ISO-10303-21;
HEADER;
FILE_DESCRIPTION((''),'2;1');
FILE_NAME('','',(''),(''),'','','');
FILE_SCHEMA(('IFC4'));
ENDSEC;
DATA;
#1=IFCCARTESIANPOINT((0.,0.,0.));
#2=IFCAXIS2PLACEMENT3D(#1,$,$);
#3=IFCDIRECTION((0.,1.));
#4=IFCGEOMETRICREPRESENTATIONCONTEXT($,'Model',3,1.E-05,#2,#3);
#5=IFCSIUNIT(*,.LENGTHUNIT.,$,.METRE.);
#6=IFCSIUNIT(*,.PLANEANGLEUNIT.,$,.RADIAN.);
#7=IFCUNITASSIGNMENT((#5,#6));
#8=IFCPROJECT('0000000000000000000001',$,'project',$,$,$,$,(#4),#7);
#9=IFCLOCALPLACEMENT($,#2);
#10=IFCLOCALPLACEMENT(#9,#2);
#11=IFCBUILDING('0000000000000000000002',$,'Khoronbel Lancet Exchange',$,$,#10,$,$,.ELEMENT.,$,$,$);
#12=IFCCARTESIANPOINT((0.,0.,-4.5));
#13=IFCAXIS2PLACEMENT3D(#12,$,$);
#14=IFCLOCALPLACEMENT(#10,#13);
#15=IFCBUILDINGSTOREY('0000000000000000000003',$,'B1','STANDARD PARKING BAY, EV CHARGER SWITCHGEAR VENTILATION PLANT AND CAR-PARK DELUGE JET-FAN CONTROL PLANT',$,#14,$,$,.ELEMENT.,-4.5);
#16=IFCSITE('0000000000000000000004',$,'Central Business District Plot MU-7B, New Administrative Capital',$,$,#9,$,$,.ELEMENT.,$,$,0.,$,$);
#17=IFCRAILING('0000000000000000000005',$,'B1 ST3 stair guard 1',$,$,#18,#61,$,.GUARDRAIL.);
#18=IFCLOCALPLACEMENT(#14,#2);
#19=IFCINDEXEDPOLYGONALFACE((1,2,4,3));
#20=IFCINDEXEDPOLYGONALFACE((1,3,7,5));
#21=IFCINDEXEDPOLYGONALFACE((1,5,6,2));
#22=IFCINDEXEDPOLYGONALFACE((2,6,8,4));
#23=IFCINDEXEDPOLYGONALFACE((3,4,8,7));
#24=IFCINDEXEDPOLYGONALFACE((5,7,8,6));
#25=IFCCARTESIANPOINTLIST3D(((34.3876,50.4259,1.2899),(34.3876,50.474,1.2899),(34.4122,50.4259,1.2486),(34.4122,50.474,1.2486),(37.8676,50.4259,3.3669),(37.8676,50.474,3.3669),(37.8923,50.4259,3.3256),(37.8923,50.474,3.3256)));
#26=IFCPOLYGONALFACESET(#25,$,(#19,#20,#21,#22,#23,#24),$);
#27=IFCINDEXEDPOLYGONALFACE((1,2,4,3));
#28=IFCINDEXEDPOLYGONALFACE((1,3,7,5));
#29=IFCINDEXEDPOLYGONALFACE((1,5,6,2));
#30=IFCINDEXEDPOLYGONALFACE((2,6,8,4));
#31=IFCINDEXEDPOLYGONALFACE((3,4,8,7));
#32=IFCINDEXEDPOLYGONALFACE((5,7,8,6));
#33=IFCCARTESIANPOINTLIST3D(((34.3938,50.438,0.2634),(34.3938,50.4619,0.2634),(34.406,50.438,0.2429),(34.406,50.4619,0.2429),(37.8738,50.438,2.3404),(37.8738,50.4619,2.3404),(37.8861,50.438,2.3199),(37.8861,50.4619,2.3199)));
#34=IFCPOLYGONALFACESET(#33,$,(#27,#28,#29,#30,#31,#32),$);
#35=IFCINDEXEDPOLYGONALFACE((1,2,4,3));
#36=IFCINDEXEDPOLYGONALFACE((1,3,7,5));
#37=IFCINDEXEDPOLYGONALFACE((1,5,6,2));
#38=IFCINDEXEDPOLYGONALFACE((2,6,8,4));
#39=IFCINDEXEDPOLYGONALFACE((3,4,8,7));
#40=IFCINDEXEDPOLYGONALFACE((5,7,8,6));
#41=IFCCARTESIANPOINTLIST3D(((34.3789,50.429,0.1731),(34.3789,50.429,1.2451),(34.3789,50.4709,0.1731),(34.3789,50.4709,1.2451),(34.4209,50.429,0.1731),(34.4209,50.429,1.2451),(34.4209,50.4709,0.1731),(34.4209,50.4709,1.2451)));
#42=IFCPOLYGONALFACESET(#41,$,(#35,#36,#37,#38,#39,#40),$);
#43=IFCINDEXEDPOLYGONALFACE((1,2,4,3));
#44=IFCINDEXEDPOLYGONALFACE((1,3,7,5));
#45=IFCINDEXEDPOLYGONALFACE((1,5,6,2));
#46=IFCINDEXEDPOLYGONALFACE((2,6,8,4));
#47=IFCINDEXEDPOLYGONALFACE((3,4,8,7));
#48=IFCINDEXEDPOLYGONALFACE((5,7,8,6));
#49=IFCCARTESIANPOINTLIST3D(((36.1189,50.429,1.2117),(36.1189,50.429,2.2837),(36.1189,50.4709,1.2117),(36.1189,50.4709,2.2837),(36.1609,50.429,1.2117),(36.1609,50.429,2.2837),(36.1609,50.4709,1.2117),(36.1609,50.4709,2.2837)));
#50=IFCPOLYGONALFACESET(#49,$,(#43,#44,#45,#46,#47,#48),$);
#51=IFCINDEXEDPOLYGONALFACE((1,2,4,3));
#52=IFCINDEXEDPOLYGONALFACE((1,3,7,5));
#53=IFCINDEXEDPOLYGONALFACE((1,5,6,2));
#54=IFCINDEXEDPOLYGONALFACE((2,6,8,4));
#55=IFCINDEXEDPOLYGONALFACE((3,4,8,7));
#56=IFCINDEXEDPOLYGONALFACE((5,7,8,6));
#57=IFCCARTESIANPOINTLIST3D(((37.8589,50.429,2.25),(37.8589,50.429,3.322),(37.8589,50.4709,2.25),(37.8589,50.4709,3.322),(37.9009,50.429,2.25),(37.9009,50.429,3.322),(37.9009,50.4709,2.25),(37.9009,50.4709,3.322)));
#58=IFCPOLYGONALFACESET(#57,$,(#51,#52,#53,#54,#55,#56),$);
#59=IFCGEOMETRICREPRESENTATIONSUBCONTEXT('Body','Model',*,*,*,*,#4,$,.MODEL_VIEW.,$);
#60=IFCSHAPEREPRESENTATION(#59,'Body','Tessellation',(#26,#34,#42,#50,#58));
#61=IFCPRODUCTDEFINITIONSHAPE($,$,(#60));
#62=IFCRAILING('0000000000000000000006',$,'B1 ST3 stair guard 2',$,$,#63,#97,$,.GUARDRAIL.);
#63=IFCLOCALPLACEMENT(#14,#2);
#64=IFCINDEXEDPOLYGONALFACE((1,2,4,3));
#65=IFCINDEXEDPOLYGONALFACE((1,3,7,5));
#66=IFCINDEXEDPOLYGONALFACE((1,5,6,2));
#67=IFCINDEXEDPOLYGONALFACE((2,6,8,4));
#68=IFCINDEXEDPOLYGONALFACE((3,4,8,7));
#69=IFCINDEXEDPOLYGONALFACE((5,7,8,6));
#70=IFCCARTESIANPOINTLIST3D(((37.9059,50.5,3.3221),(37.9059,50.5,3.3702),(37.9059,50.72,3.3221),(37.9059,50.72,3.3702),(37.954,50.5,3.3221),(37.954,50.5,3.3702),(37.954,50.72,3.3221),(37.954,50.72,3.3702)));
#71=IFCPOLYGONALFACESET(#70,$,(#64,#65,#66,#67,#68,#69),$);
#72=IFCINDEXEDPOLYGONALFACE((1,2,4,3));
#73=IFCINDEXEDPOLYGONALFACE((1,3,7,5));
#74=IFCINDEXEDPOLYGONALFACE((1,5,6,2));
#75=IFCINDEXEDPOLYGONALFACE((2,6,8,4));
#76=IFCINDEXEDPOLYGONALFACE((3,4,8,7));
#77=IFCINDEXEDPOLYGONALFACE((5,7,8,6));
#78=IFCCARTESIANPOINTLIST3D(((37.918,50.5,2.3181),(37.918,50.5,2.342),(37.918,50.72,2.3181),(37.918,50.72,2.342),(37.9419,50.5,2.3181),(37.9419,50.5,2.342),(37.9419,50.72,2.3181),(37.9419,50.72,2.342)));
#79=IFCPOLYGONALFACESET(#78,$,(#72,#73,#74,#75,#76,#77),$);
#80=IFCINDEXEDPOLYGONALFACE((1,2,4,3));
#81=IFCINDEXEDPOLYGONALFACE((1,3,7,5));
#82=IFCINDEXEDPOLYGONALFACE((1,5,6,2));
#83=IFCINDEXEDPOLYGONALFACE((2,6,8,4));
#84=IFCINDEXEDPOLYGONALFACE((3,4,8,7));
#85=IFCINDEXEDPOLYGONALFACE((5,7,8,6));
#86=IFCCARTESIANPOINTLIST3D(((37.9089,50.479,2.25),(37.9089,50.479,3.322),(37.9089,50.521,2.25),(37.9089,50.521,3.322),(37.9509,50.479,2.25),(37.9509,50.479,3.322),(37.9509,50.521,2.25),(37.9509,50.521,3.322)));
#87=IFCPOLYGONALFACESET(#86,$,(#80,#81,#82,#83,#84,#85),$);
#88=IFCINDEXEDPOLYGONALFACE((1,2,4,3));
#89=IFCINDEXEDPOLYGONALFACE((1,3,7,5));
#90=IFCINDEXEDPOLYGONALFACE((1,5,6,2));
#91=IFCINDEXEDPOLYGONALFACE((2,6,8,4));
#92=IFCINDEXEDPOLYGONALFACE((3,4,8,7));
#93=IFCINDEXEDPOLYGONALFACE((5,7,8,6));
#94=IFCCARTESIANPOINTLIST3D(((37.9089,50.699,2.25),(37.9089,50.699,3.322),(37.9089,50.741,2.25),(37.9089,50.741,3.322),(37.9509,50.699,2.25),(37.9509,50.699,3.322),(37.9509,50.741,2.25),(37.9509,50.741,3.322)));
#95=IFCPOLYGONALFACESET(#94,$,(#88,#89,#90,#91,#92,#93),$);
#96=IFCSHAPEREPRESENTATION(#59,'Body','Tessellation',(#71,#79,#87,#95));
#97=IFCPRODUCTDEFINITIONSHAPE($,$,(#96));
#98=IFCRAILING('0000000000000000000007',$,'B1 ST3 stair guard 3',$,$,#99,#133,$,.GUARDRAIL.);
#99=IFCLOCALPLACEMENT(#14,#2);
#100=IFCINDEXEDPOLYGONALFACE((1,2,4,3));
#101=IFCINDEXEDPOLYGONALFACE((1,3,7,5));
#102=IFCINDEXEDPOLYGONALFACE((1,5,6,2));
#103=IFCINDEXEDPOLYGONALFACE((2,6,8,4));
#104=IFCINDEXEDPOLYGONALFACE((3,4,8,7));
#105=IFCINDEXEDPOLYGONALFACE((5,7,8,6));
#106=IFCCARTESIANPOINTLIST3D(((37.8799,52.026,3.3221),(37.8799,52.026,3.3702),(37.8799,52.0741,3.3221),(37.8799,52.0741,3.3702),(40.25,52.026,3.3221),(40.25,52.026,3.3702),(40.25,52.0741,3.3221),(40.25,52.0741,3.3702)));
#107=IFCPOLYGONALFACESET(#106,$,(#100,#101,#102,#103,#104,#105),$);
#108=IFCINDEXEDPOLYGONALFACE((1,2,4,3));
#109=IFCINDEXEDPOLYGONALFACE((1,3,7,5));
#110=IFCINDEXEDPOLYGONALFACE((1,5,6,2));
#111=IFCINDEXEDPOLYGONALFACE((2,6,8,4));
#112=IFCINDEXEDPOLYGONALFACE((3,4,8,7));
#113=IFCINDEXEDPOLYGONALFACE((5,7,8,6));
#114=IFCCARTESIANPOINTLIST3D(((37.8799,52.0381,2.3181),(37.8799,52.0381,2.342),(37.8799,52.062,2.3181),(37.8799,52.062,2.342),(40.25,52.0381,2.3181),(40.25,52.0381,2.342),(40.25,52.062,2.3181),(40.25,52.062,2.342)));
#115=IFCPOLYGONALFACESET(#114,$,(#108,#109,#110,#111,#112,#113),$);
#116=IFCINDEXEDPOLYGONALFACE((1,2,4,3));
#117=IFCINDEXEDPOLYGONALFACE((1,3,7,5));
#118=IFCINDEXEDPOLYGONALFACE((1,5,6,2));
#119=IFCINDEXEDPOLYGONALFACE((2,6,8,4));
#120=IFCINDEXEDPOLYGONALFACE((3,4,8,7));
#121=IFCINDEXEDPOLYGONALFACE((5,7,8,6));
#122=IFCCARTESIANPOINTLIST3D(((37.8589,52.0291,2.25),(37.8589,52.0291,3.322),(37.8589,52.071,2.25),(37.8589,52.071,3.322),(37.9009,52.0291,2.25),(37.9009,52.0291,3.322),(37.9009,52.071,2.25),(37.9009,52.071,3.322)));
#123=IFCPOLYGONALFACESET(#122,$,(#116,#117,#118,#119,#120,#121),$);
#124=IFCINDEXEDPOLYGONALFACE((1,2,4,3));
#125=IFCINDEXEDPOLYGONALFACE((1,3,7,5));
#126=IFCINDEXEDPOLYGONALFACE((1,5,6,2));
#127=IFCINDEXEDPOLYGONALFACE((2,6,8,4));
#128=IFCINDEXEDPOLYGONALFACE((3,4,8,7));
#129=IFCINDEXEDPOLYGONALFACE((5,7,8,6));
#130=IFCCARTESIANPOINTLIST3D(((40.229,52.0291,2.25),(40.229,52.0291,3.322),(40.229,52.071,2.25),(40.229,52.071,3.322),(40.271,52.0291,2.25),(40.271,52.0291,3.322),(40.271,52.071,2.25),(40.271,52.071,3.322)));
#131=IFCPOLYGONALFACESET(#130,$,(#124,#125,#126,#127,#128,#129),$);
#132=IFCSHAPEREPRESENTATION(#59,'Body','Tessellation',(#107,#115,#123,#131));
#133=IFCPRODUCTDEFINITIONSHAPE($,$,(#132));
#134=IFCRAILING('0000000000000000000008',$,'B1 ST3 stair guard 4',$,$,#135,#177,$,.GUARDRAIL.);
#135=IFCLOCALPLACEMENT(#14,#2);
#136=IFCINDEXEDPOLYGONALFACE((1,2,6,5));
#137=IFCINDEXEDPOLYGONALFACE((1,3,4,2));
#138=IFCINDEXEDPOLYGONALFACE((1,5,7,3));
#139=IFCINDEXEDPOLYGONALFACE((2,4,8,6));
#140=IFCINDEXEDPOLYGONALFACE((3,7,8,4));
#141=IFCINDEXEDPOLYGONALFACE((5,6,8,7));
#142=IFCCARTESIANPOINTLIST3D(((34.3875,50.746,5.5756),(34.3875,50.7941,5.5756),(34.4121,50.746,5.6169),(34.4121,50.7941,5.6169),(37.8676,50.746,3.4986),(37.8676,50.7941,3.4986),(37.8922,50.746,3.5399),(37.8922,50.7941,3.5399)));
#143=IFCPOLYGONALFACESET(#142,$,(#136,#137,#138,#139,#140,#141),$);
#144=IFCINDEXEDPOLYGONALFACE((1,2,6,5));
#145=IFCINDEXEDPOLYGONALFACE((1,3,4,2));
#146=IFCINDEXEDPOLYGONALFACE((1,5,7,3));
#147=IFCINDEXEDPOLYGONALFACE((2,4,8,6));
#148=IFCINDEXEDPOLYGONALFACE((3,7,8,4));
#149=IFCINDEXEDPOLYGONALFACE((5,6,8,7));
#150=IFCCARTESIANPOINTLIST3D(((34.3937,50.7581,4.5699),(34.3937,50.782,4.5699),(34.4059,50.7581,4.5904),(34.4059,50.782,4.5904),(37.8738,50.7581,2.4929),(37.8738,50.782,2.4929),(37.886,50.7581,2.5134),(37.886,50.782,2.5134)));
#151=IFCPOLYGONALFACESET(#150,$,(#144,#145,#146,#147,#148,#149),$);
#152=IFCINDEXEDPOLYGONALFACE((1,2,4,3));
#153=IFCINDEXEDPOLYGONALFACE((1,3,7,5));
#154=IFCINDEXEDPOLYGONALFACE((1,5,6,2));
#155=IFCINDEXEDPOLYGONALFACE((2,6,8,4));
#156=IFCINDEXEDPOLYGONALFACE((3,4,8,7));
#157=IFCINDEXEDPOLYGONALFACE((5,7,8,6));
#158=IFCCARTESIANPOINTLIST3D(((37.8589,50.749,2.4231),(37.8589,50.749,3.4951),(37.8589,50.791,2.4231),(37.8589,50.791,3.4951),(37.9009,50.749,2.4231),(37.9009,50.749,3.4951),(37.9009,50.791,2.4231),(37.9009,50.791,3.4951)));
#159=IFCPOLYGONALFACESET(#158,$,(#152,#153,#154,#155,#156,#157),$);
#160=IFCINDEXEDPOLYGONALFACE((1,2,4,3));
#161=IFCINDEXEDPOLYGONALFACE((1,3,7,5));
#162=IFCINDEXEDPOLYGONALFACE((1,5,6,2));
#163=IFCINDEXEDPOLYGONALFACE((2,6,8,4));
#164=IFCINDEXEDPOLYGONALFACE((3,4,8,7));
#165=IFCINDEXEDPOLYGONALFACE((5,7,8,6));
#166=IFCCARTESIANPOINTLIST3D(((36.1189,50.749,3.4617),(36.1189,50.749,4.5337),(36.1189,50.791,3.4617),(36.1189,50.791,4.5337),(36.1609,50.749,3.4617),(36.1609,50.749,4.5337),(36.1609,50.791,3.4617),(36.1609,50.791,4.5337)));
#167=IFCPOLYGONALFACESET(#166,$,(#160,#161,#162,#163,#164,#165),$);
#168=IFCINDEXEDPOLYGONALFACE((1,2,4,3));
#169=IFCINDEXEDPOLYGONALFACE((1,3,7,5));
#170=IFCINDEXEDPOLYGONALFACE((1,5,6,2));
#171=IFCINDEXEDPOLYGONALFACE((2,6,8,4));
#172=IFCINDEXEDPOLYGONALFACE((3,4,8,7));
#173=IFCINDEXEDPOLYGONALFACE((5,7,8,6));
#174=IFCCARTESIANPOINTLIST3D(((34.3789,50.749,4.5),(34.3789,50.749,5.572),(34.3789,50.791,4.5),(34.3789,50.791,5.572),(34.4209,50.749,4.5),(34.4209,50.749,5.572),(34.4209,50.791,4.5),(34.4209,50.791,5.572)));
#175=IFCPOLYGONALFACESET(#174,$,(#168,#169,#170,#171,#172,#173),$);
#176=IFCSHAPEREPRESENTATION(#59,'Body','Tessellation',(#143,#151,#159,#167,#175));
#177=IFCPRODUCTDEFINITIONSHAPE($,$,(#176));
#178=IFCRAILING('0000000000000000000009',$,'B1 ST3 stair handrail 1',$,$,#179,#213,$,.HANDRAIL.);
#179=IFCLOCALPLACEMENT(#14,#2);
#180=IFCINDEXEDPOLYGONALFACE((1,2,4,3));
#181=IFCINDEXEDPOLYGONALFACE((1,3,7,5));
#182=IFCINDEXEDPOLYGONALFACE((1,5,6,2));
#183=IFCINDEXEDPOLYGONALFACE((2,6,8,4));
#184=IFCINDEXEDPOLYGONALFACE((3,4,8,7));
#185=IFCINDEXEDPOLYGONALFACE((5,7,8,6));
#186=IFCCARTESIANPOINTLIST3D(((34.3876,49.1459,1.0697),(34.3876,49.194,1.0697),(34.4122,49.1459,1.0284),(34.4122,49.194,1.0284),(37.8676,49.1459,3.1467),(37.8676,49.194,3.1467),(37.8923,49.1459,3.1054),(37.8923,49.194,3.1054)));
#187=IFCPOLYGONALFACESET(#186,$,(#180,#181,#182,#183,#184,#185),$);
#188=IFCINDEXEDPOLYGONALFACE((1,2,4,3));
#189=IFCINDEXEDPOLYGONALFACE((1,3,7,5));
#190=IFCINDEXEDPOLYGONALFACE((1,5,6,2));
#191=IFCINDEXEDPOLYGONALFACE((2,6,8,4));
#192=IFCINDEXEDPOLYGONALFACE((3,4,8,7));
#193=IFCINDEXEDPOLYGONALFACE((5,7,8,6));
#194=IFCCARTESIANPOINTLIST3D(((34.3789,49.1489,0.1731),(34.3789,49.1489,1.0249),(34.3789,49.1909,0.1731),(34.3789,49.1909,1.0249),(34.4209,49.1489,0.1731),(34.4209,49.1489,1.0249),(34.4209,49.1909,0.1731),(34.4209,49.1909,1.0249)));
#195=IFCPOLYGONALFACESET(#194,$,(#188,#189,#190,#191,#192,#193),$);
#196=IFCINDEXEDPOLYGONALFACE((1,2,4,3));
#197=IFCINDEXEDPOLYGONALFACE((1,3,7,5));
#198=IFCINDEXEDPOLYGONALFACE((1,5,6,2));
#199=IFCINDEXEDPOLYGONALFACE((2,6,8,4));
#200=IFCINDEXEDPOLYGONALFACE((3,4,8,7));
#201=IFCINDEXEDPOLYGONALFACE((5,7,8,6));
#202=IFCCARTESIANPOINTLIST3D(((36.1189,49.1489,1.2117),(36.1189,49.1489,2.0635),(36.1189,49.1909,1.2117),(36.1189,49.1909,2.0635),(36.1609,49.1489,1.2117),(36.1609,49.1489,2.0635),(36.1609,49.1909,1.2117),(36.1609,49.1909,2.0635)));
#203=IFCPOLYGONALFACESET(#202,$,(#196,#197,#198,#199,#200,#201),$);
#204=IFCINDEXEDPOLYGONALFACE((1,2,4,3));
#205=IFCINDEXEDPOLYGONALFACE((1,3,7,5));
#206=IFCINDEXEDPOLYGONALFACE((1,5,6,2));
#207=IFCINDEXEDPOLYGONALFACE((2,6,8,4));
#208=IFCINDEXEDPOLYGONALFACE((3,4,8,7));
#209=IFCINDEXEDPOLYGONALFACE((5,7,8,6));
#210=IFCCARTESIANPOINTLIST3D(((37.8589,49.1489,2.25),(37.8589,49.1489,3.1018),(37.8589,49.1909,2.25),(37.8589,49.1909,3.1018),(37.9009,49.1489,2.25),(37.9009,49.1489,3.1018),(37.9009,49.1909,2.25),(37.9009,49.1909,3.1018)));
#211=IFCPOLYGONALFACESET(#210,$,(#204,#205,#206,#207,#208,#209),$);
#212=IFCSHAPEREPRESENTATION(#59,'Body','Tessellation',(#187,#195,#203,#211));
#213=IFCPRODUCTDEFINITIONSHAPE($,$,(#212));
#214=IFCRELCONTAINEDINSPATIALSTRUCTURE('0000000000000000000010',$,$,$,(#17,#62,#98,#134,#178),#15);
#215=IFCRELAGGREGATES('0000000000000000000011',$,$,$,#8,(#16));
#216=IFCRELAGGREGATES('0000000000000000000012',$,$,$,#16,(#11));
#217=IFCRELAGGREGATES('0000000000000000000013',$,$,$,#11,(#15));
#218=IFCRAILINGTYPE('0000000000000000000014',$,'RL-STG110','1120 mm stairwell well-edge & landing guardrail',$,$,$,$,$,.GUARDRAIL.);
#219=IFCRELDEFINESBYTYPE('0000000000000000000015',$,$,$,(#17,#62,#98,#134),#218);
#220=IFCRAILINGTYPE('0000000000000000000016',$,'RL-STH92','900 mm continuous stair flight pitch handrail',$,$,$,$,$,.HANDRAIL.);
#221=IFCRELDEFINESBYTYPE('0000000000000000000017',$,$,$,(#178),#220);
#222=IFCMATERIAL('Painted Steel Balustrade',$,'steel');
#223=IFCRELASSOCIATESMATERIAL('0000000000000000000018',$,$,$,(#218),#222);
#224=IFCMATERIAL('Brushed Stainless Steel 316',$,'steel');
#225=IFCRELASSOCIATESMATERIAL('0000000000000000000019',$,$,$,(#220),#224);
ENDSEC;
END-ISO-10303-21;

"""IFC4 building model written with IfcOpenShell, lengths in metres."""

from ifc_helpers import new_model, si_unit, direction, frame, origin, origin_2d, place, context, subcontext, project, spatial, rectangle, extrude, material, type_object, element, save


model = new_model("IFC4")

# Units and contexts
model_context = context("Model", 3, precision=1e-05, world=origin(), true_north=direction((0.0, 1.0)))
body_context = subcontext(model_context, "Body", "Model", "MODEL_VIEW")
ifc_project = project(units=[si_unit("LENGTHUNIT", "METRE"), si_unit("PLANEANGLEUNIT", "RADIAN")], contexts=[model_context])

# Site, building, storey
site_placement = place(None, origin())
site = spatial("IfcSite", under=ifc_project, at=site_placement, Name="Central Business District Plot MU-7B, New Administrative Capital", CompositionType="ELEMENT", RefElevation=0.0)
building_placement = place(site_placement, origin())
building = spatial("IfcBuilding", under=site, at=building_placement, Name="Khoronbel Lancet Exchange", CompositionType="ELEMENT")
storey_placement = place(building_placement, frame((0.0, 0.0, -4.5)))
storey = spatial("IfcBuildingStorey", under=building, at=storey_placement, Name="B1", Description="STANDARD PARKING BAY, EV CHARGER SWITCHGEAR VENTILATION PLANT AND CAR-PARK DELUGE JET-FAN CONTROL PLANT", CompositionType="ELEMENT", Elevation=-4.5)

# Railings
ifc_material_1 = material(Name="Painted Steel Balustrade", Category="steel")
railing_type_1 = type_object("IfcRailingType", Name="RL-STG110", Description="1120 mm stairwell well-edge & landing guardrail", PredefinedType="GUARDRAIL", material=ifc_material_1)
railing_1_placement = place(storey_placement, frame((34.3999, 50.45, 0.1731)))
element("IfcRailing", 1, at=railing_1_placement, inside=storey, type_object=railing_type_1, Name="B1 ST3 stair guard 1", PredefinedType="GUARDRAIL", context=body_context, shape_type="SweptSolid", body=[
    extrude(rectangle(XDim=0.0481, YDim=0.0481, at=origin_2d()), frame((0.0, 0.0, 1.0962), z_axis=(0.858697, 0.0, 0.512483), x_axis=(0.0, 1.0, 0.0)), (0.0, 0.0, 1.0), 4.0527),
    extrude(rectangle(XDim=0.0239, YDim=0.0239, at=origin_2d()), frame((0.0, 0.0, 0.0801), z_axis=(0.858697, 0.0, 0.512483), x_axis=(0.0, 1.0, 0.0)), (0.0, 0.0, 1.0), 4.0527),
    extrude(rectangle(XDim=0.042, YDim=0.042, at=origin_2d()), origin(), (0.0, 0.0, 1.0), 1.072),
    extrude(rectangle(XDim=0.042, YDim=0.042, at=origin_2d()), frame((1.74, 0.0, 1.0386)), (0.0, 0.0, 1.0), 1.072),
    extrude(rectangle(XDim=0.042, YDim=0.042, at=origin_2d()), frame((3.48, 0.0, 2.0769)), (0.0, 0.0, 1.0), 1.072),
])
railing_2_placement = place(storey_placement, frame((37.9299, 50.5, 2.25)))
element("IfcRailing", 2, at=railing_2_placement, inside=storey, type_object=railing_type_1, Name="B1 ST3 stair guard 2", PredefinedType="GUARDRAIL", context=body_context, shape_type="SweptSolid", body=[
    extrude(rectangle(XDim=0.0481, YDim=0.0481, at=origin_2d()), frame((0.0, 0.0, 1.0962), z_axis=(0.0, 1.0, 0.0), x_axis=(-1.0, 0.0, 0.0)), (0.0, 0.0, 1.0), 0.22),
    extrude(rectangle(XDim=0.0239, YDim=0.0239, at=origin_2d()), frame((0.0, 0.0, 0.0801), z_axis=(0.0, 1.0, 0.0), x_axis=(-1.0, 0.0, 0.0)), (0.0, 0.0, 1.0), 0.22),
    extrude(rectangle(XDim=0.042, YDim=0.042, at=origin_2d()), origin(), (0.0, 0.0, 1.0), 1.072),
    extrude(rectangle(XDim=0.042, YDim=0.042, at=origin_2d()), frame((0.0, 0.22, 0.0)), (0.0, 0.0, 1.0), 1.072),
])
railing_3_placement = place(storey_placement, frame((37.8799, 52.05, 2.25)))
element("IfcRailing", 3, at=railing_3_placement, inside=storey, type_object=railing_type_1, Name="B1 ST3 stair guard 3", PredefinedType="GUARDRAIL", context=body_context, shape_type="SweptSolid", body=[
    extrude(rectangle(XDim=0.0481, YDim=0.0481, at=origin_2d()), frame((0.0, 0.0, 1.0962), z_axis=(1.0, 0.0, 0.0), x_axis=(0.0, 1.0, 0.0)), (0.0, 0.0, 1.0), 2.3701),
    extrude(rectangle(XDim=0.0239, YDim=0.0239, at=origin_2d()), frame((0.0, 0.0, 0.0801), z_axis=(1.0, 0.0, 0.0), x_axis=(0.0, 1.0, 0.0)), (0.0, 0.0, 1.0), 2.3701),
    extrude(rectangle(XDim=0.042, YDim=0.042, at=origin_2d()), origin(), (0.0, 0.0, 1.0), 1.072),
    extrude(rectangle(XDim=0.042, YDim=0.042, at=origin_2d()), frame((2.3701, 0.0, 0.0)), (0.0, 0.0, 1.0), 1.072),
])
railing_4_placement = place(storey_placement, frame((37.8799, 50.77, 2.4231)))
element("IfcRailing", 4, at=railing_4_placement, inside=storey, type_object=railing_type_1, Name="B1 ST3 stair guard 4", PredefinedType="GUARDRAIL", context=body_context, shape_type="SweptSolid", body=[
    extrude(rectangle(XDim=0.0481, YDim=0.0481, at=origin_2d()), frame((0.0, 0.0, 1.0962), z_axis=(-0.858697, 0.0, 0.512483), x_axis=(0.0, -1.0, 0.0)), (0.0, 0.0, 1.0), 4.0527),
    extrude(rectangle(XDim=0.0239, YDim=0.0239, at=origin_2d()), frame((0.0, 0.0, 0.0801), z_axis=(-0.858697, 0.0, 0.512483), x_axis=(0.0, -1.0, 0.0)), (0.0, 0.0, 1.0), 4.0527),
    extrude(rectangle(XDim=0.042, YDim=0.042, at=origin_2d()), origin(), (0.0, 0.0, 1.0), 1.072),
    extrude(rectangle(XDim=0.042, YDim=0.042, at=origin_2d()), frame((-1.74, 0.0, 1.0386)), (0.0, 0.0, 1.0), 1.072),
    extrude(rectangle(XDim=0.042, YDim=0.042, at=origin_2d()), frame((-3.48, 0.0, 2.0769)), (0.0, 0.0, 1.0), 1.072),
])
ifc_material_2 = material(Name="Brushed Stainless Steel 316", Category="steel")
railing_type_2 = type_object("IfcRailingType", Name="RL-STH92", Description="900 mm continuous stair flight pitch handrail", PredefinedType="HANDRAIL", material=ifc_material_2)
railing_5_placement = place(storey_placement, frame((34.3999, 49.1699, 0.1731)))
element("IfcRailing", 5, at=railing_5_placement, inside=storey, type_object=railing_type_2, Name="B1 ST3 stair handrail 1", PredefinedType="HANDRAIL", context=body_context, shape_type="SweptSolid", body=[
    extrude(rectangle(XDim=0.0481, YDim=0.0481, at=origin_2d()), frame((0.0, 0.0, 0.876), z_axis=(0.858697, 0.0, 0.512483), x_axis=(0.0, 1.0, 0.0)), (0.0, 0.0, 1.0), 4.0527),
    extrude(rectangle(XDim=0.042, YDim=0.042, at=origin_2d()), origin(), (0.0, 0.0, 1.0), 0.8518),
    extrude(rectangle(XDim=0.042, YDim=0.042, at=origin_2d()), frame((1.74, 0.0, 1.0386)), (0.0, 0.0, 1.0), 0.8518),
    extrude(rectangle(XDim=0.042, YDim=0.042, at=origin_2d()), frame((3.48, 0.0, 2.0769)), (0.0, 0.0, 1.0), 0.8518),
])

save(model, "model.ifc")
